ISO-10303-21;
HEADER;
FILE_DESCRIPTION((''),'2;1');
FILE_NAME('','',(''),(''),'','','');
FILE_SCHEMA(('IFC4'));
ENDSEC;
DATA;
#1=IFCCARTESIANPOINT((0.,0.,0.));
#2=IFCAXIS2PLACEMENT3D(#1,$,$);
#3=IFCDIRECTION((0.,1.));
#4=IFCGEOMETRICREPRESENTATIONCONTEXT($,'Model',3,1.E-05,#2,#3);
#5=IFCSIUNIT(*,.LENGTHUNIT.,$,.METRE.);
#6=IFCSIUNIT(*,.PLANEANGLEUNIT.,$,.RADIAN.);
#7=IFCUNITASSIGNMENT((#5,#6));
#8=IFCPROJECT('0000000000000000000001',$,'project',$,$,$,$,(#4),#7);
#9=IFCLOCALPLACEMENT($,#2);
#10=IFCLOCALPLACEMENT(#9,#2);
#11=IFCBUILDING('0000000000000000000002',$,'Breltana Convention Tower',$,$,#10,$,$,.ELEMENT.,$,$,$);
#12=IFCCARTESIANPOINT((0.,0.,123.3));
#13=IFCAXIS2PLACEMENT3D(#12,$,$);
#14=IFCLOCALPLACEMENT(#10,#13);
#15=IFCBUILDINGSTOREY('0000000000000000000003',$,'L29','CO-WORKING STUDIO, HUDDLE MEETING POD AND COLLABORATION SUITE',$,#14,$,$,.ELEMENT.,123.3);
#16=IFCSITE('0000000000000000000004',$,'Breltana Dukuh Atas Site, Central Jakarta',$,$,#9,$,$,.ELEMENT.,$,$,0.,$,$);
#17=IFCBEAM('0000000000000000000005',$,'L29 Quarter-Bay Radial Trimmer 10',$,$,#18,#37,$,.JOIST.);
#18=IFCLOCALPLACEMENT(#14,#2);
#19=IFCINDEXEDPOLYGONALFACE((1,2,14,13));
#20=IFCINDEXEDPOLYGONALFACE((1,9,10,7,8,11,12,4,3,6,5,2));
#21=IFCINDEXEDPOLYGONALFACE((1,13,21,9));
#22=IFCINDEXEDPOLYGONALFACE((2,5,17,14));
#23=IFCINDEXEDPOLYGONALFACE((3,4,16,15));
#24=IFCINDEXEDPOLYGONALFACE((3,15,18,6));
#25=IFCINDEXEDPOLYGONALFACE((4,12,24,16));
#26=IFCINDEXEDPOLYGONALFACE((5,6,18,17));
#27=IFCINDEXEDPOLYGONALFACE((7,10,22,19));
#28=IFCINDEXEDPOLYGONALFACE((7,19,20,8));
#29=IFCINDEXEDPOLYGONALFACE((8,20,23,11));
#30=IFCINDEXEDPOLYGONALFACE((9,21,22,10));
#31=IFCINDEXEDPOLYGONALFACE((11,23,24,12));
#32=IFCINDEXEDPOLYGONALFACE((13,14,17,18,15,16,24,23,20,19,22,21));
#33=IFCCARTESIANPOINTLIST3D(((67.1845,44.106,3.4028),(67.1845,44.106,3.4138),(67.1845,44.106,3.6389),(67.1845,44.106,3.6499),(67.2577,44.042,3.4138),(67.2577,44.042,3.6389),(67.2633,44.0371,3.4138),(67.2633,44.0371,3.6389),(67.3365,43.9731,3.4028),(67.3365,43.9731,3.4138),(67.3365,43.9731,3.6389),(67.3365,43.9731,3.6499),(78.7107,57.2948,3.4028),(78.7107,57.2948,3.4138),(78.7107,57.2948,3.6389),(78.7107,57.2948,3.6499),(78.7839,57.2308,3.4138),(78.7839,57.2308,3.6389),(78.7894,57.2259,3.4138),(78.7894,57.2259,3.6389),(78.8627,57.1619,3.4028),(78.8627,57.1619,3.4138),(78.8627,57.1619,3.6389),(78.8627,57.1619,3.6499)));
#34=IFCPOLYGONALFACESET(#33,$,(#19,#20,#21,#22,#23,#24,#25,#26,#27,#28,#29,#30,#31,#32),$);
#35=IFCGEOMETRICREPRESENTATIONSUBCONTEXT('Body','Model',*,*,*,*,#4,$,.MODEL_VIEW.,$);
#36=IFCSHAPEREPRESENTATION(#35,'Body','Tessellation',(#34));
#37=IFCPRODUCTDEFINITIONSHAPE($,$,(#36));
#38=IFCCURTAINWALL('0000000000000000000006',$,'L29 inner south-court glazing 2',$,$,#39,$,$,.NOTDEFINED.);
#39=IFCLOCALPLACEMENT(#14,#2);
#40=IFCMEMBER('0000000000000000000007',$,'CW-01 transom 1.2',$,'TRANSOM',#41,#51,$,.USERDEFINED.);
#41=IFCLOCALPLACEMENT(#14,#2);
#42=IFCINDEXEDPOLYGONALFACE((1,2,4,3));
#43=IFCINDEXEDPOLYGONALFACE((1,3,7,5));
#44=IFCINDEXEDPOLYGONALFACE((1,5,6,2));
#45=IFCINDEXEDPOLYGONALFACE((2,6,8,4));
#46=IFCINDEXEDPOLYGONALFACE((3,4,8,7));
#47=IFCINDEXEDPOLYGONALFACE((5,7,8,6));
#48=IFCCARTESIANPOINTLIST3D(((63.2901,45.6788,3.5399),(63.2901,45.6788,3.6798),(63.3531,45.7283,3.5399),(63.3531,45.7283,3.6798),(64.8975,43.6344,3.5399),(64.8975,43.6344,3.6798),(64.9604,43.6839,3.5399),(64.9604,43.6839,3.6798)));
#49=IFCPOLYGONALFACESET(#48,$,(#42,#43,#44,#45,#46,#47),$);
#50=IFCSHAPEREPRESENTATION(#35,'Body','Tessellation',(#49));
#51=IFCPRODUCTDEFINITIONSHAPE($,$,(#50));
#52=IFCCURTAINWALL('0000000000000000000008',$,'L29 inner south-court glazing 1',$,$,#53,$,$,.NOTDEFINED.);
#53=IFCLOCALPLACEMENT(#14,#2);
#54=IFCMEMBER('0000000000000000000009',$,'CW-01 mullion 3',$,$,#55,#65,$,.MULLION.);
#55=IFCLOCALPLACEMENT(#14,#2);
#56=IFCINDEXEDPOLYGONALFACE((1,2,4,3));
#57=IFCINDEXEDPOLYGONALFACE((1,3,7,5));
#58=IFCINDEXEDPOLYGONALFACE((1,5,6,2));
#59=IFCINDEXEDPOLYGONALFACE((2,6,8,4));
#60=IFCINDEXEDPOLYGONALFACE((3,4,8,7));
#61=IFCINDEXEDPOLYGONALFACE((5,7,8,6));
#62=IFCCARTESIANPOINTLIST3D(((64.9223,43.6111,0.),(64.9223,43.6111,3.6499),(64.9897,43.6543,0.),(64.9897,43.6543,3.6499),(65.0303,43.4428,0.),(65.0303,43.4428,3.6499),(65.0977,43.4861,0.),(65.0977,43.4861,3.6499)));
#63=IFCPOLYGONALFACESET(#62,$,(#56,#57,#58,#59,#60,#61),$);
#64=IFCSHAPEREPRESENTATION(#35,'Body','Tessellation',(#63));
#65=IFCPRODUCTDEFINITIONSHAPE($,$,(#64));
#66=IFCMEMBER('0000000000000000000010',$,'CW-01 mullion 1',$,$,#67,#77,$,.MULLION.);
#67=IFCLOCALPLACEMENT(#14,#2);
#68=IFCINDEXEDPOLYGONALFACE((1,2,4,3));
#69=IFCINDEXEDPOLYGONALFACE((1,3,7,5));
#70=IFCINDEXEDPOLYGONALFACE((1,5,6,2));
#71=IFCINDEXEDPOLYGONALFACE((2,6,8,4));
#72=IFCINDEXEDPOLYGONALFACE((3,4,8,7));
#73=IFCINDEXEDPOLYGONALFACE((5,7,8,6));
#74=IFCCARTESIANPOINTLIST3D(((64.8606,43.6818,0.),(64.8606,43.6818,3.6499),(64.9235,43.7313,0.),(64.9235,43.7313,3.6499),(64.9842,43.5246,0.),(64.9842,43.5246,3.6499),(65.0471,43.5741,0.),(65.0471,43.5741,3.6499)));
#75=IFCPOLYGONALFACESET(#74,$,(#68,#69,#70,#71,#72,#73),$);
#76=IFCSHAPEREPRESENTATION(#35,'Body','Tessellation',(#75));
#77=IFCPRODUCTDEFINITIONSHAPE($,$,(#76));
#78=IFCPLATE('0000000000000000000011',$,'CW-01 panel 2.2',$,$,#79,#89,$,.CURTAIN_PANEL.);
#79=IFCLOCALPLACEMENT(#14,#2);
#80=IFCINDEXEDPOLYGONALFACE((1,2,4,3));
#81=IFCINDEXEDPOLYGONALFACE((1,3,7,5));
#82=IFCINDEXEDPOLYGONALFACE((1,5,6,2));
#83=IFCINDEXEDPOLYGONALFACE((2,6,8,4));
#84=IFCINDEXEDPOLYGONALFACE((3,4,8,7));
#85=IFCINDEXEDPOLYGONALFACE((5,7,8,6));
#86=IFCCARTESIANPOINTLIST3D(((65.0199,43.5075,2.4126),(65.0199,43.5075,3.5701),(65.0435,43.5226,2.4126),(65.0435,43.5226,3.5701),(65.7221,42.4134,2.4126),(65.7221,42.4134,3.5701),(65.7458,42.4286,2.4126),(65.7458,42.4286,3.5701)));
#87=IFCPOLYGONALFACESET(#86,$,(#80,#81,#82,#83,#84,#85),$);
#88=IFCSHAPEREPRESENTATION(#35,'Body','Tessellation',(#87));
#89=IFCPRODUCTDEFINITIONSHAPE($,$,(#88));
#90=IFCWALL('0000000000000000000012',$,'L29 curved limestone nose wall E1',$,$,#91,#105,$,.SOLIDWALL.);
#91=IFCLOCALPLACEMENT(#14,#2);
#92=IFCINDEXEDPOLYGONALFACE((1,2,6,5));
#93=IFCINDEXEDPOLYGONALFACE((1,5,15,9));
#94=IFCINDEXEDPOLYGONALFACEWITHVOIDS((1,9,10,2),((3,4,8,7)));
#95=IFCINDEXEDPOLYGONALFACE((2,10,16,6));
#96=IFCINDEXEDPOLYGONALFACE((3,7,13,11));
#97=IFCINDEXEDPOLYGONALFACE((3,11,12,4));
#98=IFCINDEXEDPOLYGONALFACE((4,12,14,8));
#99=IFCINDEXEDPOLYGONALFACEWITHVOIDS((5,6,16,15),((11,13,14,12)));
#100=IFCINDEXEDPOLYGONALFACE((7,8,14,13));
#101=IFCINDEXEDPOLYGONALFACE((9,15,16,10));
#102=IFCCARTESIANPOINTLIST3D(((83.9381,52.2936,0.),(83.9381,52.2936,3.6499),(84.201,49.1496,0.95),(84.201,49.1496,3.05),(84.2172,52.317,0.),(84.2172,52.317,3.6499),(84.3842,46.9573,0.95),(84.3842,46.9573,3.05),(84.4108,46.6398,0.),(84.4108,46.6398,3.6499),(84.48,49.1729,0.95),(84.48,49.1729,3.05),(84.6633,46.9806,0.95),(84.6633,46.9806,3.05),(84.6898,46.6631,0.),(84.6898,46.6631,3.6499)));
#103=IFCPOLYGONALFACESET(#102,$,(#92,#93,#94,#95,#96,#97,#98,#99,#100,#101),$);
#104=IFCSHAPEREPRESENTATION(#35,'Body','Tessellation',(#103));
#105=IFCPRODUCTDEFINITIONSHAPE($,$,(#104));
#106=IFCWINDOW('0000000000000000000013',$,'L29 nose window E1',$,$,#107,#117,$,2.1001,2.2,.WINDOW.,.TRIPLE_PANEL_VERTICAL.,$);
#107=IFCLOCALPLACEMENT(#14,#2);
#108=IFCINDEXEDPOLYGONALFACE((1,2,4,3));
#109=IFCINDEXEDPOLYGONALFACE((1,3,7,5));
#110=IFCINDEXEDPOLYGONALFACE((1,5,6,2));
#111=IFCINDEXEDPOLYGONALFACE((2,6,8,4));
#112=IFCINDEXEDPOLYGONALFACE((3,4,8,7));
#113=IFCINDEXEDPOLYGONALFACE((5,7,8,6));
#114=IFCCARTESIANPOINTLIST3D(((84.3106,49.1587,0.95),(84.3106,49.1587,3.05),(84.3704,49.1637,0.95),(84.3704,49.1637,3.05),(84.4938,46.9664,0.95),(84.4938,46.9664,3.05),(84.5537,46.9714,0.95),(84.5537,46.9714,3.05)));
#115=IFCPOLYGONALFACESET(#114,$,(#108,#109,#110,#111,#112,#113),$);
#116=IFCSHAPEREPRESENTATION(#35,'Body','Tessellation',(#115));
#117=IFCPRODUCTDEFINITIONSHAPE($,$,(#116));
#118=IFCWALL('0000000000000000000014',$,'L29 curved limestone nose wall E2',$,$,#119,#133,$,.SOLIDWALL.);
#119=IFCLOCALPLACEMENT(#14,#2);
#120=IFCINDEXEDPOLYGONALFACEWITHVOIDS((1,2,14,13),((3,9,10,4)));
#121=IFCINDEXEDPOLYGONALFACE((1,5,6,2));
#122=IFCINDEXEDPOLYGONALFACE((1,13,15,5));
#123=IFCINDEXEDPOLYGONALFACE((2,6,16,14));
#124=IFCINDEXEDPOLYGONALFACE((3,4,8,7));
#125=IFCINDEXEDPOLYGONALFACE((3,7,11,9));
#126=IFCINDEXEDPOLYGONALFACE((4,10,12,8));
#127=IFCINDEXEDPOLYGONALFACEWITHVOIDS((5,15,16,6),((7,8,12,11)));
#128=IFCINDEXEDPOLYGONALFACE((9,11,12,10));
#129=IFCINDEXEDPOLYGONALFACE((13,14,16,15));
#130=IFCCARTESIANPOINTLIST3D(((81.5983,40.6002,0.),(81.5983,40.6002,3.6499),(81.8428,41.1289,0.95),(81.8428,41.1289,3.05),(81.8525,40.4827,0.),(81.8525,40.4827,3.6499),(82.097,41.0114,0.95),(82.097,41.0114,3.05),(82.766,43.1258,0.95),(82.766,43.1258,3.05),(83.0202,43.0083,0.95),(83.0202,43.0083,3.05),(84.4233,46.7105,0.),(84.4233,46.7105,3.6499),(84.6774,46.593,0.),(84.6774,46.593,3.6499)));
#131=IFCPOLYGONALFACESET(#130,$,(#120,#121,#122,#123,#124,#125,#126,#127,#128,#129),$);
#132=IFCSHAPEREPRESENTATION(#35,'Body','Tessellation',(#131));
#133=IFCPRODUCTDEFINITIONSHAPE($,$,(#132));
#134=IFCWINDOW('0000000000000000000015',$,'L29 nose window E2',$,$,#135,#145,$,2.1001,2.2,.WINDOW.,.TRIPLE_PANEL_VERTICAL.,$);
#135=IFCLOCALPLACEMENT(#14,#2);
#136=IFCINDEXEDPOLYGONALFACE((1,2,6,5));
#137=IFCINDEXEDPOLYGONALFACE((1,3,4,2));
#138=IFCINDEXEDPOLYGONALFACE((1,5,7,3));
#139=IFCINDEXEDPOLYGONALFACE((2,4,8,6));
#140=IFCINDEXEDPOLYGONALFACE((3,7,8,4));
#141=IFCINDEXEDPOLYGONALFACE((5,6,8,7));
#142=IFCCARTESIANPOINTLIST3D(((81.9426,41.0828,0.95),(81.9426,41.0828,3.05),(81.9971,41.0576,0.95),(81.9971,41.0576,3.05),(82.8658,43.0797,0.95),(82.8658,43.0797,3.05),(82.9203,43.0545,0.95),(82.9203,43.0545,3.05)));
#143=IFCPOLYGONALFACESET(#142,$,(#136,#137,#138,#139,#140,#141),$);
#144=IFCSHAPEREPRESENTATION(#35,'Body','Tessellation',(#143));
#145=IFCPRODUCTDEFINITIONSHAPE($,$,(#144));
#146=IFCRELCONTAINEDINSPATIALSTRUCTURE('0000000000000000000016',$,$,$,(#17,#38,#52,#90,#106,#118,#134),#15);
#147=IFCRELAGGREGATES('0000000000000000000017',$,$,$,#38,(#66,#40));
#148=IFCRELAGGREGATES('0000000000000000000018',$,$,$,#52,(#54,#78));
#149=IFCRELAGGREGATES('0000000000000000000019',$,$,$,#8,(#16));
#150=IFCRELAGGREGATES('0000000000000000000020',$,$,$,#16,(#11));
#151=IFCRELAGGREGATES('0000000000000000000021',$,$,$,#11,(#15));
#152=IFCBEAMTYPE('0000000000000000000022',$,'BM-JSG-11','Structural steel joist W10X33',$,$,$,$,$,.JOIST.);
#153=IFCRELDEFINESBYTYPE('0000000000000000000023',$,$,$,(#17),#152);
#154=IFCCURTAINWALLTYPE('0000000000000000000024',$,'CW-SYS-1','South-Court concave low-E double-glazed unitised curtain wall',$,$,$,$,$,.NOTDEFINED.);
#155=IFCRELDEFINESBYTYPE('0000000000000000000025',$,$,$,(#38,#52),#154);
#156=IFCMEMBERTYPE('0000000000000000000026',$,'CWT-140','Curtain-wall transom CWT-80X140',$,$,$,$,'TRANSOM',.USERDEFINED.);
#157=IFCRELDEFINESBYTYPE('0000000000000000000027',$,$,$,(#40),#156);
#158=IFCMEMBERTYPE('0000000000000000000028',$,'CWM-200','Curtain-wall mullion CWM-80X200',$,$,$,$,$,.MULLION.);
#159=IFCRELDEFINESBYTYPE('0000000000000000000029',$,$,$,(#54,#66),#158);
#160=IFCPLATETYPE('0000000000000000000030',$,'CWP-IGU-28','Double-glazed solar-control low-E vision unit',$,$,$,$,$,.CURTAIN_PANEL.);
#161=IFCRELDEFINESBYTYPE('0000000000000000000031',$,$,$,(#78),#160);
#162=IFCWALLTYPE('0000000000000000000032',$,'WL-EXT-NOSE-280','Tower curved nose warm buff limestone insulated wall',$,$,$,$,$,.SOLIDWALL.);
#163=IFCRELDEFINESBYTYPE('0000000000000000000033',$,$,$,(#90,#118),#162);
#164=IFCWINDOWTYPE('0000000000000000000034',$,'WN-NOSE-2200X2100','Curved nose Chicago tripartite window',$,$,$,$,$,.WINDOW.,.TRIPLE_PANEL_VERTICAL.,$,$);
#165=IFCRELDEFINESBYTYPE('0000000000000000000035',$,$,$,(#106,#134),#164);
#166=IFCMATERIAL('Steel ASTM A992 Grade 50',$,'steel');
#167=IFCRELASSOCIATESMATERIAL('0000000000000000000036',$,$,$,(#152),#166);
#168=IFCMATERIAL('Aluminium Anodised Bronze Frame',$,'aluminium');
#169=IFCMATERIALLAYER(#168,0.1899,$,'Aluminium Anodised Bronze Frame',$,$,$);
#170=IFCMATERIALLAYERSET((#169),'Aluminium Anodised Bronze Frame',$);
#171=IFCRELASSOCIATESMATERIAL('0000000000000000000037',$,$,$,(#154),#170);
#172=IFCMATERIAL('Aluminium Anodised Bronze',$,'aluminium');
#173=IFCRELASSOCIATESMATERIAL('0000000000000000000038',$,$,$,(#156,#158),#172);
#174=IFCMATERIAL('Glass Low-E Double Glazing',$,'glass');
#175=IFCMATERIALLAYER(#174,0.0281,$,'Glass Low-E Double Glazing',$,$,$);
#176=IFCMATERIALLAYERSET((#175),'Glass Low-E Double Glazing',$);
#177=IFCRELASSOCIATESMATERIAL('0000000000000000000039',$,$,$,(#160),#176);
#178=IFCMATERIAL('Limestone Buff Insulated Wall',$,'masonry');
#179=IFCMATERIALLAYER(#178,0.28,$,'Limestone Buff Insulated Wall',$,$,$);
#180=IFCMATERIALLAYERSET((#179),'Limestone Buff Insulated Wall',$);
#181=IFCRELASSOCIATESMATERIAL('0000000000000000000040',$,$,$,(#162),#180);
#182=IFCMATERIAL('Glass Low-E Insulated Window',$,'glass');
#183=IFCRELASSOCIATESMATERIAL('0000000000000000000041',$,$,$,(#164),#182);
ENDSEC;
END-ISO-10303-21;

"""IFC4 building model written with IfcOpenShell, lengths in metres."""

from ifc_helpers import new_model, si_unit, direction, frame, frame_2d, origin, origin_2d, place, context, subcontext, project, spatial, rectangle, i_section, extrude, source, transform, mapped, material, layer, layer_set, material_profile, profile_set, type_object, type_shapes, element, fill, aggregate, save


model = new_model("IFC4")

# Units and contexts
model_context = context("Model", 3, precision=1e-05, world=origin(), true_north=direction((0.0, 1.0)))
body_context = subcontext(model_context, "Body", "Model", "MODEL_VIEW")
ifc_project = project(units=[si_unit("LENGTHUNIT", "METRE"), si_unit("PLANEANGLEUNIT", "RADIAN")], contexts=[model_context])

# Site, building, storey
site_placement = place(None, origin())
site = spatial("IfcSite", under=ifc_project, at=site_placement, Name="Breltana Dukuh Atas Site, Central Jakarta", CompositionType="ELEMENT", RefElevation=0.0)
building_placement = place(site_placement, origin())
building = spatial("IfcBuilding", under=site, at=building_placement, Name="Breltana Convention Tower", CompositionType="ELEMENT")
storey_placement = place(building_placement, frame((0.0, 0.0, 123.3)))
storey = spatial("IfcBuildingStorey", under=building, at=storey_placement, Name="L29", Description="CO-WORKING STUDIO, HUDDLE MEETING POD AND COLLABORATION SUITE", CompositionType="ELEMENT", Elevation=123.3)

# Beam
ifc_material_1 = material(Name="Steel ASTM A992 Grade 50", Category="steel")
ifc_material_profile_1 = material_profile(ifc_material_1, i_section(OverallWidth=0.2019, OverallDepth=0.2471, WebThickness=0.0073, FlangeThickness=0.011, at=origin_2d()), Name="W10X33")
ifc_profile_set_1 = profile_set([ifc_material_profile_1], Name="Steel ASTM A992 Grade 50")
beam_type_1 = type_object("IfcBeamType", Name="BM-JSG-11", Description="Structural steel joist W10X33", PredefinedType="JOIST", material=ifc_profile_set_1)
shared_shape_1 = source(origin(), body_context, "Body", "SweptSolid", [
    extrude(i_section(OverallWidth=0.2019, OverallDepth=0.2471, WebThickness=0.0073, FlangeThickness=0.011, at=origin_2d()), origin(), (0.0, 0.0, 1.0), 17.5156),
])
beam_1_placement = place(storey_placement, frame((67.2605, 44.0396, 3.5264), z_axis=(0.658052, 0.752973, 0.0), x_axis=(-0.752973, 0.658052, 0.0)))
element("IfcBeam", 1, at=beam_1_placement, inside=storey, type_object=beam_type_1, Name="L29 Quarter-Bay Radial Trimmer 10", PredefinedType="JOIST", context=body_context, shape_type="MappedRepresentation", body=[
    mapped(shared_shape_1, transform((0.0, 0.0, 0.0), scale=1.0)),
])

# Curtain walls, members
ifc_material_2 = material(Name="Aluminium Anodised Bronze Frame", Category="aluminium")
ifc_layer_1 = layer(ifc_material_2, 0.1899, Name="Aluminium Anodised Bronze Frame")
ifc_layer_set_1 = layer_set([ifc_layer_1], Name="Aluminium Anodised Bronze Frame")
curtain_wall_type = type_object("IfcCurtainWallType", Name="CW-SYS-1", Description="South-Court concave low-E double-glazed unitised curtain wall", PredefinedType="NOTDEFINED", material=ifc_layer_set_1)
curtain_wall_1_placement = place(storey_placement, origin())
curtain_wall_1 = element("IfcCurtainWall", 2, at=curtain_wall_1_placement, inside=storey, type_object=curtain_wall_type, Name="L29 inner south-court glazing 2", PredefinedType="NOTDEFINED")
ifc_material_3 = material(Name="Aluminium Anodised Bronze", Category="aluminium")
ifc_material_profile_2 = material_profile(ifc_material_3, rectangle(XDim=0.0801, YDim=0.1399, at=origin_2d()), Name="CWT-80X140")
ifc_profile_set_2 = profile_set([ifc_material_profile_2], Name="Aluminium Anodised Bronze")
member_type_1 = type_object("IfcMemberType", Name="CWT-140", Description="Curtain-wall transom CWT-80X140", ElementType="TRANSOM", PredefinedType="USERDEFINED", material=ifc_profile_set_2)
shared_shape_2 = source(origin(), body_context, "Body", "SweptSolid", [
    extrude(rectangle(XDim=0.0801, YDim=0.1399, at=origin_2d()), origin(), (0.0, 0.0, 1.0), 2.6006),
])
member_1_placement = place(storey_placement, frame((64.929, 43.6592, 3.6099), z_axis=(-0.618079, 0.786116, 0.0), x_axis=(-0.786116, -0.618079, 0.0)))
member_1 = element("IfcMember", 3, at=member_1_placement, type_object=member_type_1, Name="CW-01 transom 1.2", ObjectType="TRANSOM", PredefinedType="USERDEFINED", context=body_context, shape_type="MappedRepresentation", body=[
    mapped(shared_shape_2, transform((0.0, 0.0, 0.0), scale=1.0)),
])
curtain_wall_2_placement = place(storey_placement, origin())
curtain_wall_2 = element("IfcCurtainWall", 4, at=curtain_wall_2_placement, inside=storey, type_object=curtain_wall_type, Name="L29 inner south-court glazing 1", PredefinedType="NOTDEFINED")
ifc_material_profile_3 = material_profile(ifc_material_3, rectangle(XDim=0.0801, YDim=0.2, at=origin_2d()), Name="CWM-80X200")
ifc_profile_set_3 = profile_set([ifc_material_profile_3], Name="Aluminium Anodised Bronze")
member_type_2 = type_object("IfcMemberType", Name="CWM-200", Description="Curtain-wall mullion CWM-80X200", PredefinedType="MULLION", material=ifc_profile_set_3)
shared_shape_3 = source(origin(), body_context, "Body", "SweptSolid", [
    extrude(rectangle(XDim=0.0801, YDim=0.2, at=origin_2d()), origin(), (0.0, 0.0, 1.0), 3.6499),
])
member_2_placement = place(storey_placement, frame((65.01, 43.5486, 0.0), z_axis=(0.0, 0.0, 1.0), x_axis=(-0.841551, -0.540177, 0.0)))
member_2 = element("IfcMember", 5, at=member_2_placement, type_object=member_type_2, Name="CW-01 mullion 3", PredefinedType="MULLION", context=body_context, shape_type="MappedRepresentation", body=[
    mapped(shared_shape_3, transform((0.0, 0.0, 0.0), scale=1.0)),
])

# Member
member_3_placement = place(storey_placement, frame((64.9539, 43.6279, 0.0), z_axis=(0.0, 0.0, 1.0), x_axis=(-0.786054, -0.618157, 0.0)))
member_3 = element("IfcMember", 6, at=member_3_placement, type_object=member_type_2, Name="CW-01 mullion 1", PredefinedType="MULLION", context=body_context, shape_type="MappedRepresentation", body=[
    mapped(shared_shape_3, transform((0.0, 0.0, 0.0), scale=1.0)),
])
aggregate(curtain_wall_1, [member_3, member_1])

# Plate
ifc_material_4 = material(Name="Glass Low-E Double Glazing", Category="glass")
ifc_layer_2 = layer(ifc_material_4, 0.0281, Name="Glass Low-E Double Glazing")
ifc_layer_set_2 = layer_set([ifc_layer_2], Name="Glass Low-E Double Glazing")
plate_type = type_object("IfcPlateType", Name="CWP-IGU-28", Description="Double-glazed solar-control low-E vision unit", PredefinedType="CURTAIN_PANEL", material=ifc_layer_set_2)
shared_shape_4 = source(origin(), body_context, "Body", "SweptSolid", [
    extrude(rectangle(XDim=1.3, YDim=0.0281, at=origin_2d()), origin(), (0.0, 0.0, 1.0), 1.1575),
])
plate_placement = place(storey_placement, frame((65.3828, 42.968, 2.4126), z_axis=(0.0, 0.0, 1.0), x_axis=(-0.540177, 0.841551, 0.0)))
plate = element("IfcPlate", 7, at=plate_placement, type_object=plate_type, Name="CW-01 panel 2.2", PredefinedType="CURTAIN_PANEL", context=body_context, shape_type="MappedRepresentation", body=[
    mapped(shared_shape_4, transform((0.0, 0.0, 0.0), scale=1.0)),
])
aggregate(curtain_wall_2, [member_2, plate])

# Walls, openings, windows
ifc_material_5 = material(Name="Limestone Buff Insulated Wall", Category="masonry")
ifc_layer_3 = layer(ifc_material_5, 0.28, Name="Limestone Buff Insulated Wall")
ifc_layer_set_3 = layer_set([ifc_layer_3], Name="Limestone Buff Insulated Wall")
wall_type_1 = type_object("IfcWallType", Name="WL-EXT-NOSE-280", Description="Tower curved nose warm buff limestone insulated wall", PredefinedType="SOLIDWALL", material=ifc_layer_set_3)
shared_shape_5 = source(origin(), body_context, "Body", "SweptSolid", [
    extrude(rectangle(XDim=5.6736, YDim=0.28, at=frame_2d((2.8369, 0.0))), origin(), (0.0, 0.0, 1.0), 3.6499),
])
wall_1_placement = place(storey_placement, frame((84.0776, 52.3054, 0.0), z_axis=(0.0, 0.0, 1.0), x_axis=(0.083309, -0.996524, 0.0)))
wall_1 = element("IfcWall", 8, at=wall_1_placement, inside=storey, type_object=wall_type_1, Name="L29 curved limestone nose wall E1", PredefinedType="SOLIDWALL", context=body_context, shape_type="MappedRepresentation", body=[
    mapped(shared_shape_5, transform((0.0, 0.0, 0.0), scale=1.0)),
])
opening_1_placement = place(wall_1_placement, frame((3.155, 0.0, 0.95)))
opening_1 = element("IfcOpeningElement", 9, at=opening_1_placement, cuts=wall_1, PredefinedType="OPENING", context=body_context, shape_type="SweptSolid", body=[
    extrude(rectangle(XDim=2.2, YDim=2.1001, at=frame_2d((1.1001, 1.05))), frame((0.0, 0.1499, 0.0), z_axis=(0.0, -1.0, 0.0), x_axis=(1.0, 0.0, 0.0)), (0.0, 0.0, 1.0), 0.3),
])
ifc_material_6 = material(Name="Glass Low-E Insulated Window", Category="glass")
window_type = type_object("IfcWindowType", Name="WN-NOSE-2200X2100", Description="Curved nose Chicago tripartite window", PartitioningType="TRIPLE_PANEL_VERTICAL", PredefinedType="WINDOW", material=ifc_material_6)
shared_shape_6 = source(origin(), body_context, "Body", "SweptSolid", [
    extrude(rectangle(XDim=2.2, YDim=2.1001, at=frame_2d((1.1001, 1.05))), frame((0.0, 0.03, 0.0), z_axis=(0.0, -1.0, 0.0), x_axis=(1.0, 0.0, 0.0)), (0.0, 0.0, 1.0), 0.0601),
])
type_shapes(window_type, [shared_shape_6])
window_1_placement = place(opening_1_placement, origin())
window_1 = element("IfcWindow", 10, at=window_1_placement, inside=storey, type_object=window_type, Name="L29 nose window E1", OverallHeight=2.1001, OverallWidth=2.2, PartitioningType="TRIPLE_PANEL_VERTICAL", PredefinedType="WINDOW", context=body_context, shape_type="MappedRepresentation", body=[
    mapped(shared_shape_6, transform((0.0, 0.0, 0.0), scale=1.0)),
])
fill(opening_1, window_1)
shared_shape_7 = source(origin(), body_context, "Body", "SweptSolid", [
    extrude(rectangle(XDim=6.7317, YDim=0.28, at=frame_2d((3.3657, 0.0))), origin(), (0.0, 0.0, 1.0), 3.6499),
])
wall_2_placement = place(storey_placement, frame((84.5503, 46.6516, 0.0), z_axis=(0.0, 0.0, 1.0), x_axis=(-0.419645, -0.907689, 0.0)))
wall_2 = element("IfcWall", 11, at=wall_2_placement, inside=storey, type_object=wall_type_1, Name="L29 curved limestone nose wall E2", PredefinedType="SOLIDWALL", context=body_context, shape_type="MappedRepresentation", body=[
    mapped(shared_shape_7, transform((0.0, 0.0, 0.0), scale=1.0)),
])
opening_2_placement = place(wall_2_placement, frame((3.949, 0.0, 0.95)))
opening_2 = element("IfcOpeningElement", 12, at=opening_2_placement, cuts=wall_2, PredefinedType="OPENING", context=body_context, shape_type="SweptSolid", body=[
    extrude(rectangle(XDim=2.2, YDim=2.1001, at=frame_2d((1.1001, 1.05))), frame((0.0, 0.1499, 0.0), z_axis=(0.0, -1.0, 0.0), x_axis=(1.0, 0.0, 0.0)), (0.0, 0.0, 1.0), 0.3),
])
window_2_placement = place(opening_2_placement, origin())
window_2 = element("IfcWindow", 13, at=window_2_placement, inside=storey, type_object=window_type, Name="L29 nose window E2", OverallHeight=2.1001, OverallWidth=2.2, PartitioningType="TRIPLE_PANEL_VERTICAL", PredefinedType="WINDOW", context=body_context, shape_type="MappedRepresentation", body=[
    mapped(shared_shape_6, transform((0.0, 0.0, 0.0), scale=1.0)),
])
fill(opening_2, window_2)

save(model, "model.ifc")
